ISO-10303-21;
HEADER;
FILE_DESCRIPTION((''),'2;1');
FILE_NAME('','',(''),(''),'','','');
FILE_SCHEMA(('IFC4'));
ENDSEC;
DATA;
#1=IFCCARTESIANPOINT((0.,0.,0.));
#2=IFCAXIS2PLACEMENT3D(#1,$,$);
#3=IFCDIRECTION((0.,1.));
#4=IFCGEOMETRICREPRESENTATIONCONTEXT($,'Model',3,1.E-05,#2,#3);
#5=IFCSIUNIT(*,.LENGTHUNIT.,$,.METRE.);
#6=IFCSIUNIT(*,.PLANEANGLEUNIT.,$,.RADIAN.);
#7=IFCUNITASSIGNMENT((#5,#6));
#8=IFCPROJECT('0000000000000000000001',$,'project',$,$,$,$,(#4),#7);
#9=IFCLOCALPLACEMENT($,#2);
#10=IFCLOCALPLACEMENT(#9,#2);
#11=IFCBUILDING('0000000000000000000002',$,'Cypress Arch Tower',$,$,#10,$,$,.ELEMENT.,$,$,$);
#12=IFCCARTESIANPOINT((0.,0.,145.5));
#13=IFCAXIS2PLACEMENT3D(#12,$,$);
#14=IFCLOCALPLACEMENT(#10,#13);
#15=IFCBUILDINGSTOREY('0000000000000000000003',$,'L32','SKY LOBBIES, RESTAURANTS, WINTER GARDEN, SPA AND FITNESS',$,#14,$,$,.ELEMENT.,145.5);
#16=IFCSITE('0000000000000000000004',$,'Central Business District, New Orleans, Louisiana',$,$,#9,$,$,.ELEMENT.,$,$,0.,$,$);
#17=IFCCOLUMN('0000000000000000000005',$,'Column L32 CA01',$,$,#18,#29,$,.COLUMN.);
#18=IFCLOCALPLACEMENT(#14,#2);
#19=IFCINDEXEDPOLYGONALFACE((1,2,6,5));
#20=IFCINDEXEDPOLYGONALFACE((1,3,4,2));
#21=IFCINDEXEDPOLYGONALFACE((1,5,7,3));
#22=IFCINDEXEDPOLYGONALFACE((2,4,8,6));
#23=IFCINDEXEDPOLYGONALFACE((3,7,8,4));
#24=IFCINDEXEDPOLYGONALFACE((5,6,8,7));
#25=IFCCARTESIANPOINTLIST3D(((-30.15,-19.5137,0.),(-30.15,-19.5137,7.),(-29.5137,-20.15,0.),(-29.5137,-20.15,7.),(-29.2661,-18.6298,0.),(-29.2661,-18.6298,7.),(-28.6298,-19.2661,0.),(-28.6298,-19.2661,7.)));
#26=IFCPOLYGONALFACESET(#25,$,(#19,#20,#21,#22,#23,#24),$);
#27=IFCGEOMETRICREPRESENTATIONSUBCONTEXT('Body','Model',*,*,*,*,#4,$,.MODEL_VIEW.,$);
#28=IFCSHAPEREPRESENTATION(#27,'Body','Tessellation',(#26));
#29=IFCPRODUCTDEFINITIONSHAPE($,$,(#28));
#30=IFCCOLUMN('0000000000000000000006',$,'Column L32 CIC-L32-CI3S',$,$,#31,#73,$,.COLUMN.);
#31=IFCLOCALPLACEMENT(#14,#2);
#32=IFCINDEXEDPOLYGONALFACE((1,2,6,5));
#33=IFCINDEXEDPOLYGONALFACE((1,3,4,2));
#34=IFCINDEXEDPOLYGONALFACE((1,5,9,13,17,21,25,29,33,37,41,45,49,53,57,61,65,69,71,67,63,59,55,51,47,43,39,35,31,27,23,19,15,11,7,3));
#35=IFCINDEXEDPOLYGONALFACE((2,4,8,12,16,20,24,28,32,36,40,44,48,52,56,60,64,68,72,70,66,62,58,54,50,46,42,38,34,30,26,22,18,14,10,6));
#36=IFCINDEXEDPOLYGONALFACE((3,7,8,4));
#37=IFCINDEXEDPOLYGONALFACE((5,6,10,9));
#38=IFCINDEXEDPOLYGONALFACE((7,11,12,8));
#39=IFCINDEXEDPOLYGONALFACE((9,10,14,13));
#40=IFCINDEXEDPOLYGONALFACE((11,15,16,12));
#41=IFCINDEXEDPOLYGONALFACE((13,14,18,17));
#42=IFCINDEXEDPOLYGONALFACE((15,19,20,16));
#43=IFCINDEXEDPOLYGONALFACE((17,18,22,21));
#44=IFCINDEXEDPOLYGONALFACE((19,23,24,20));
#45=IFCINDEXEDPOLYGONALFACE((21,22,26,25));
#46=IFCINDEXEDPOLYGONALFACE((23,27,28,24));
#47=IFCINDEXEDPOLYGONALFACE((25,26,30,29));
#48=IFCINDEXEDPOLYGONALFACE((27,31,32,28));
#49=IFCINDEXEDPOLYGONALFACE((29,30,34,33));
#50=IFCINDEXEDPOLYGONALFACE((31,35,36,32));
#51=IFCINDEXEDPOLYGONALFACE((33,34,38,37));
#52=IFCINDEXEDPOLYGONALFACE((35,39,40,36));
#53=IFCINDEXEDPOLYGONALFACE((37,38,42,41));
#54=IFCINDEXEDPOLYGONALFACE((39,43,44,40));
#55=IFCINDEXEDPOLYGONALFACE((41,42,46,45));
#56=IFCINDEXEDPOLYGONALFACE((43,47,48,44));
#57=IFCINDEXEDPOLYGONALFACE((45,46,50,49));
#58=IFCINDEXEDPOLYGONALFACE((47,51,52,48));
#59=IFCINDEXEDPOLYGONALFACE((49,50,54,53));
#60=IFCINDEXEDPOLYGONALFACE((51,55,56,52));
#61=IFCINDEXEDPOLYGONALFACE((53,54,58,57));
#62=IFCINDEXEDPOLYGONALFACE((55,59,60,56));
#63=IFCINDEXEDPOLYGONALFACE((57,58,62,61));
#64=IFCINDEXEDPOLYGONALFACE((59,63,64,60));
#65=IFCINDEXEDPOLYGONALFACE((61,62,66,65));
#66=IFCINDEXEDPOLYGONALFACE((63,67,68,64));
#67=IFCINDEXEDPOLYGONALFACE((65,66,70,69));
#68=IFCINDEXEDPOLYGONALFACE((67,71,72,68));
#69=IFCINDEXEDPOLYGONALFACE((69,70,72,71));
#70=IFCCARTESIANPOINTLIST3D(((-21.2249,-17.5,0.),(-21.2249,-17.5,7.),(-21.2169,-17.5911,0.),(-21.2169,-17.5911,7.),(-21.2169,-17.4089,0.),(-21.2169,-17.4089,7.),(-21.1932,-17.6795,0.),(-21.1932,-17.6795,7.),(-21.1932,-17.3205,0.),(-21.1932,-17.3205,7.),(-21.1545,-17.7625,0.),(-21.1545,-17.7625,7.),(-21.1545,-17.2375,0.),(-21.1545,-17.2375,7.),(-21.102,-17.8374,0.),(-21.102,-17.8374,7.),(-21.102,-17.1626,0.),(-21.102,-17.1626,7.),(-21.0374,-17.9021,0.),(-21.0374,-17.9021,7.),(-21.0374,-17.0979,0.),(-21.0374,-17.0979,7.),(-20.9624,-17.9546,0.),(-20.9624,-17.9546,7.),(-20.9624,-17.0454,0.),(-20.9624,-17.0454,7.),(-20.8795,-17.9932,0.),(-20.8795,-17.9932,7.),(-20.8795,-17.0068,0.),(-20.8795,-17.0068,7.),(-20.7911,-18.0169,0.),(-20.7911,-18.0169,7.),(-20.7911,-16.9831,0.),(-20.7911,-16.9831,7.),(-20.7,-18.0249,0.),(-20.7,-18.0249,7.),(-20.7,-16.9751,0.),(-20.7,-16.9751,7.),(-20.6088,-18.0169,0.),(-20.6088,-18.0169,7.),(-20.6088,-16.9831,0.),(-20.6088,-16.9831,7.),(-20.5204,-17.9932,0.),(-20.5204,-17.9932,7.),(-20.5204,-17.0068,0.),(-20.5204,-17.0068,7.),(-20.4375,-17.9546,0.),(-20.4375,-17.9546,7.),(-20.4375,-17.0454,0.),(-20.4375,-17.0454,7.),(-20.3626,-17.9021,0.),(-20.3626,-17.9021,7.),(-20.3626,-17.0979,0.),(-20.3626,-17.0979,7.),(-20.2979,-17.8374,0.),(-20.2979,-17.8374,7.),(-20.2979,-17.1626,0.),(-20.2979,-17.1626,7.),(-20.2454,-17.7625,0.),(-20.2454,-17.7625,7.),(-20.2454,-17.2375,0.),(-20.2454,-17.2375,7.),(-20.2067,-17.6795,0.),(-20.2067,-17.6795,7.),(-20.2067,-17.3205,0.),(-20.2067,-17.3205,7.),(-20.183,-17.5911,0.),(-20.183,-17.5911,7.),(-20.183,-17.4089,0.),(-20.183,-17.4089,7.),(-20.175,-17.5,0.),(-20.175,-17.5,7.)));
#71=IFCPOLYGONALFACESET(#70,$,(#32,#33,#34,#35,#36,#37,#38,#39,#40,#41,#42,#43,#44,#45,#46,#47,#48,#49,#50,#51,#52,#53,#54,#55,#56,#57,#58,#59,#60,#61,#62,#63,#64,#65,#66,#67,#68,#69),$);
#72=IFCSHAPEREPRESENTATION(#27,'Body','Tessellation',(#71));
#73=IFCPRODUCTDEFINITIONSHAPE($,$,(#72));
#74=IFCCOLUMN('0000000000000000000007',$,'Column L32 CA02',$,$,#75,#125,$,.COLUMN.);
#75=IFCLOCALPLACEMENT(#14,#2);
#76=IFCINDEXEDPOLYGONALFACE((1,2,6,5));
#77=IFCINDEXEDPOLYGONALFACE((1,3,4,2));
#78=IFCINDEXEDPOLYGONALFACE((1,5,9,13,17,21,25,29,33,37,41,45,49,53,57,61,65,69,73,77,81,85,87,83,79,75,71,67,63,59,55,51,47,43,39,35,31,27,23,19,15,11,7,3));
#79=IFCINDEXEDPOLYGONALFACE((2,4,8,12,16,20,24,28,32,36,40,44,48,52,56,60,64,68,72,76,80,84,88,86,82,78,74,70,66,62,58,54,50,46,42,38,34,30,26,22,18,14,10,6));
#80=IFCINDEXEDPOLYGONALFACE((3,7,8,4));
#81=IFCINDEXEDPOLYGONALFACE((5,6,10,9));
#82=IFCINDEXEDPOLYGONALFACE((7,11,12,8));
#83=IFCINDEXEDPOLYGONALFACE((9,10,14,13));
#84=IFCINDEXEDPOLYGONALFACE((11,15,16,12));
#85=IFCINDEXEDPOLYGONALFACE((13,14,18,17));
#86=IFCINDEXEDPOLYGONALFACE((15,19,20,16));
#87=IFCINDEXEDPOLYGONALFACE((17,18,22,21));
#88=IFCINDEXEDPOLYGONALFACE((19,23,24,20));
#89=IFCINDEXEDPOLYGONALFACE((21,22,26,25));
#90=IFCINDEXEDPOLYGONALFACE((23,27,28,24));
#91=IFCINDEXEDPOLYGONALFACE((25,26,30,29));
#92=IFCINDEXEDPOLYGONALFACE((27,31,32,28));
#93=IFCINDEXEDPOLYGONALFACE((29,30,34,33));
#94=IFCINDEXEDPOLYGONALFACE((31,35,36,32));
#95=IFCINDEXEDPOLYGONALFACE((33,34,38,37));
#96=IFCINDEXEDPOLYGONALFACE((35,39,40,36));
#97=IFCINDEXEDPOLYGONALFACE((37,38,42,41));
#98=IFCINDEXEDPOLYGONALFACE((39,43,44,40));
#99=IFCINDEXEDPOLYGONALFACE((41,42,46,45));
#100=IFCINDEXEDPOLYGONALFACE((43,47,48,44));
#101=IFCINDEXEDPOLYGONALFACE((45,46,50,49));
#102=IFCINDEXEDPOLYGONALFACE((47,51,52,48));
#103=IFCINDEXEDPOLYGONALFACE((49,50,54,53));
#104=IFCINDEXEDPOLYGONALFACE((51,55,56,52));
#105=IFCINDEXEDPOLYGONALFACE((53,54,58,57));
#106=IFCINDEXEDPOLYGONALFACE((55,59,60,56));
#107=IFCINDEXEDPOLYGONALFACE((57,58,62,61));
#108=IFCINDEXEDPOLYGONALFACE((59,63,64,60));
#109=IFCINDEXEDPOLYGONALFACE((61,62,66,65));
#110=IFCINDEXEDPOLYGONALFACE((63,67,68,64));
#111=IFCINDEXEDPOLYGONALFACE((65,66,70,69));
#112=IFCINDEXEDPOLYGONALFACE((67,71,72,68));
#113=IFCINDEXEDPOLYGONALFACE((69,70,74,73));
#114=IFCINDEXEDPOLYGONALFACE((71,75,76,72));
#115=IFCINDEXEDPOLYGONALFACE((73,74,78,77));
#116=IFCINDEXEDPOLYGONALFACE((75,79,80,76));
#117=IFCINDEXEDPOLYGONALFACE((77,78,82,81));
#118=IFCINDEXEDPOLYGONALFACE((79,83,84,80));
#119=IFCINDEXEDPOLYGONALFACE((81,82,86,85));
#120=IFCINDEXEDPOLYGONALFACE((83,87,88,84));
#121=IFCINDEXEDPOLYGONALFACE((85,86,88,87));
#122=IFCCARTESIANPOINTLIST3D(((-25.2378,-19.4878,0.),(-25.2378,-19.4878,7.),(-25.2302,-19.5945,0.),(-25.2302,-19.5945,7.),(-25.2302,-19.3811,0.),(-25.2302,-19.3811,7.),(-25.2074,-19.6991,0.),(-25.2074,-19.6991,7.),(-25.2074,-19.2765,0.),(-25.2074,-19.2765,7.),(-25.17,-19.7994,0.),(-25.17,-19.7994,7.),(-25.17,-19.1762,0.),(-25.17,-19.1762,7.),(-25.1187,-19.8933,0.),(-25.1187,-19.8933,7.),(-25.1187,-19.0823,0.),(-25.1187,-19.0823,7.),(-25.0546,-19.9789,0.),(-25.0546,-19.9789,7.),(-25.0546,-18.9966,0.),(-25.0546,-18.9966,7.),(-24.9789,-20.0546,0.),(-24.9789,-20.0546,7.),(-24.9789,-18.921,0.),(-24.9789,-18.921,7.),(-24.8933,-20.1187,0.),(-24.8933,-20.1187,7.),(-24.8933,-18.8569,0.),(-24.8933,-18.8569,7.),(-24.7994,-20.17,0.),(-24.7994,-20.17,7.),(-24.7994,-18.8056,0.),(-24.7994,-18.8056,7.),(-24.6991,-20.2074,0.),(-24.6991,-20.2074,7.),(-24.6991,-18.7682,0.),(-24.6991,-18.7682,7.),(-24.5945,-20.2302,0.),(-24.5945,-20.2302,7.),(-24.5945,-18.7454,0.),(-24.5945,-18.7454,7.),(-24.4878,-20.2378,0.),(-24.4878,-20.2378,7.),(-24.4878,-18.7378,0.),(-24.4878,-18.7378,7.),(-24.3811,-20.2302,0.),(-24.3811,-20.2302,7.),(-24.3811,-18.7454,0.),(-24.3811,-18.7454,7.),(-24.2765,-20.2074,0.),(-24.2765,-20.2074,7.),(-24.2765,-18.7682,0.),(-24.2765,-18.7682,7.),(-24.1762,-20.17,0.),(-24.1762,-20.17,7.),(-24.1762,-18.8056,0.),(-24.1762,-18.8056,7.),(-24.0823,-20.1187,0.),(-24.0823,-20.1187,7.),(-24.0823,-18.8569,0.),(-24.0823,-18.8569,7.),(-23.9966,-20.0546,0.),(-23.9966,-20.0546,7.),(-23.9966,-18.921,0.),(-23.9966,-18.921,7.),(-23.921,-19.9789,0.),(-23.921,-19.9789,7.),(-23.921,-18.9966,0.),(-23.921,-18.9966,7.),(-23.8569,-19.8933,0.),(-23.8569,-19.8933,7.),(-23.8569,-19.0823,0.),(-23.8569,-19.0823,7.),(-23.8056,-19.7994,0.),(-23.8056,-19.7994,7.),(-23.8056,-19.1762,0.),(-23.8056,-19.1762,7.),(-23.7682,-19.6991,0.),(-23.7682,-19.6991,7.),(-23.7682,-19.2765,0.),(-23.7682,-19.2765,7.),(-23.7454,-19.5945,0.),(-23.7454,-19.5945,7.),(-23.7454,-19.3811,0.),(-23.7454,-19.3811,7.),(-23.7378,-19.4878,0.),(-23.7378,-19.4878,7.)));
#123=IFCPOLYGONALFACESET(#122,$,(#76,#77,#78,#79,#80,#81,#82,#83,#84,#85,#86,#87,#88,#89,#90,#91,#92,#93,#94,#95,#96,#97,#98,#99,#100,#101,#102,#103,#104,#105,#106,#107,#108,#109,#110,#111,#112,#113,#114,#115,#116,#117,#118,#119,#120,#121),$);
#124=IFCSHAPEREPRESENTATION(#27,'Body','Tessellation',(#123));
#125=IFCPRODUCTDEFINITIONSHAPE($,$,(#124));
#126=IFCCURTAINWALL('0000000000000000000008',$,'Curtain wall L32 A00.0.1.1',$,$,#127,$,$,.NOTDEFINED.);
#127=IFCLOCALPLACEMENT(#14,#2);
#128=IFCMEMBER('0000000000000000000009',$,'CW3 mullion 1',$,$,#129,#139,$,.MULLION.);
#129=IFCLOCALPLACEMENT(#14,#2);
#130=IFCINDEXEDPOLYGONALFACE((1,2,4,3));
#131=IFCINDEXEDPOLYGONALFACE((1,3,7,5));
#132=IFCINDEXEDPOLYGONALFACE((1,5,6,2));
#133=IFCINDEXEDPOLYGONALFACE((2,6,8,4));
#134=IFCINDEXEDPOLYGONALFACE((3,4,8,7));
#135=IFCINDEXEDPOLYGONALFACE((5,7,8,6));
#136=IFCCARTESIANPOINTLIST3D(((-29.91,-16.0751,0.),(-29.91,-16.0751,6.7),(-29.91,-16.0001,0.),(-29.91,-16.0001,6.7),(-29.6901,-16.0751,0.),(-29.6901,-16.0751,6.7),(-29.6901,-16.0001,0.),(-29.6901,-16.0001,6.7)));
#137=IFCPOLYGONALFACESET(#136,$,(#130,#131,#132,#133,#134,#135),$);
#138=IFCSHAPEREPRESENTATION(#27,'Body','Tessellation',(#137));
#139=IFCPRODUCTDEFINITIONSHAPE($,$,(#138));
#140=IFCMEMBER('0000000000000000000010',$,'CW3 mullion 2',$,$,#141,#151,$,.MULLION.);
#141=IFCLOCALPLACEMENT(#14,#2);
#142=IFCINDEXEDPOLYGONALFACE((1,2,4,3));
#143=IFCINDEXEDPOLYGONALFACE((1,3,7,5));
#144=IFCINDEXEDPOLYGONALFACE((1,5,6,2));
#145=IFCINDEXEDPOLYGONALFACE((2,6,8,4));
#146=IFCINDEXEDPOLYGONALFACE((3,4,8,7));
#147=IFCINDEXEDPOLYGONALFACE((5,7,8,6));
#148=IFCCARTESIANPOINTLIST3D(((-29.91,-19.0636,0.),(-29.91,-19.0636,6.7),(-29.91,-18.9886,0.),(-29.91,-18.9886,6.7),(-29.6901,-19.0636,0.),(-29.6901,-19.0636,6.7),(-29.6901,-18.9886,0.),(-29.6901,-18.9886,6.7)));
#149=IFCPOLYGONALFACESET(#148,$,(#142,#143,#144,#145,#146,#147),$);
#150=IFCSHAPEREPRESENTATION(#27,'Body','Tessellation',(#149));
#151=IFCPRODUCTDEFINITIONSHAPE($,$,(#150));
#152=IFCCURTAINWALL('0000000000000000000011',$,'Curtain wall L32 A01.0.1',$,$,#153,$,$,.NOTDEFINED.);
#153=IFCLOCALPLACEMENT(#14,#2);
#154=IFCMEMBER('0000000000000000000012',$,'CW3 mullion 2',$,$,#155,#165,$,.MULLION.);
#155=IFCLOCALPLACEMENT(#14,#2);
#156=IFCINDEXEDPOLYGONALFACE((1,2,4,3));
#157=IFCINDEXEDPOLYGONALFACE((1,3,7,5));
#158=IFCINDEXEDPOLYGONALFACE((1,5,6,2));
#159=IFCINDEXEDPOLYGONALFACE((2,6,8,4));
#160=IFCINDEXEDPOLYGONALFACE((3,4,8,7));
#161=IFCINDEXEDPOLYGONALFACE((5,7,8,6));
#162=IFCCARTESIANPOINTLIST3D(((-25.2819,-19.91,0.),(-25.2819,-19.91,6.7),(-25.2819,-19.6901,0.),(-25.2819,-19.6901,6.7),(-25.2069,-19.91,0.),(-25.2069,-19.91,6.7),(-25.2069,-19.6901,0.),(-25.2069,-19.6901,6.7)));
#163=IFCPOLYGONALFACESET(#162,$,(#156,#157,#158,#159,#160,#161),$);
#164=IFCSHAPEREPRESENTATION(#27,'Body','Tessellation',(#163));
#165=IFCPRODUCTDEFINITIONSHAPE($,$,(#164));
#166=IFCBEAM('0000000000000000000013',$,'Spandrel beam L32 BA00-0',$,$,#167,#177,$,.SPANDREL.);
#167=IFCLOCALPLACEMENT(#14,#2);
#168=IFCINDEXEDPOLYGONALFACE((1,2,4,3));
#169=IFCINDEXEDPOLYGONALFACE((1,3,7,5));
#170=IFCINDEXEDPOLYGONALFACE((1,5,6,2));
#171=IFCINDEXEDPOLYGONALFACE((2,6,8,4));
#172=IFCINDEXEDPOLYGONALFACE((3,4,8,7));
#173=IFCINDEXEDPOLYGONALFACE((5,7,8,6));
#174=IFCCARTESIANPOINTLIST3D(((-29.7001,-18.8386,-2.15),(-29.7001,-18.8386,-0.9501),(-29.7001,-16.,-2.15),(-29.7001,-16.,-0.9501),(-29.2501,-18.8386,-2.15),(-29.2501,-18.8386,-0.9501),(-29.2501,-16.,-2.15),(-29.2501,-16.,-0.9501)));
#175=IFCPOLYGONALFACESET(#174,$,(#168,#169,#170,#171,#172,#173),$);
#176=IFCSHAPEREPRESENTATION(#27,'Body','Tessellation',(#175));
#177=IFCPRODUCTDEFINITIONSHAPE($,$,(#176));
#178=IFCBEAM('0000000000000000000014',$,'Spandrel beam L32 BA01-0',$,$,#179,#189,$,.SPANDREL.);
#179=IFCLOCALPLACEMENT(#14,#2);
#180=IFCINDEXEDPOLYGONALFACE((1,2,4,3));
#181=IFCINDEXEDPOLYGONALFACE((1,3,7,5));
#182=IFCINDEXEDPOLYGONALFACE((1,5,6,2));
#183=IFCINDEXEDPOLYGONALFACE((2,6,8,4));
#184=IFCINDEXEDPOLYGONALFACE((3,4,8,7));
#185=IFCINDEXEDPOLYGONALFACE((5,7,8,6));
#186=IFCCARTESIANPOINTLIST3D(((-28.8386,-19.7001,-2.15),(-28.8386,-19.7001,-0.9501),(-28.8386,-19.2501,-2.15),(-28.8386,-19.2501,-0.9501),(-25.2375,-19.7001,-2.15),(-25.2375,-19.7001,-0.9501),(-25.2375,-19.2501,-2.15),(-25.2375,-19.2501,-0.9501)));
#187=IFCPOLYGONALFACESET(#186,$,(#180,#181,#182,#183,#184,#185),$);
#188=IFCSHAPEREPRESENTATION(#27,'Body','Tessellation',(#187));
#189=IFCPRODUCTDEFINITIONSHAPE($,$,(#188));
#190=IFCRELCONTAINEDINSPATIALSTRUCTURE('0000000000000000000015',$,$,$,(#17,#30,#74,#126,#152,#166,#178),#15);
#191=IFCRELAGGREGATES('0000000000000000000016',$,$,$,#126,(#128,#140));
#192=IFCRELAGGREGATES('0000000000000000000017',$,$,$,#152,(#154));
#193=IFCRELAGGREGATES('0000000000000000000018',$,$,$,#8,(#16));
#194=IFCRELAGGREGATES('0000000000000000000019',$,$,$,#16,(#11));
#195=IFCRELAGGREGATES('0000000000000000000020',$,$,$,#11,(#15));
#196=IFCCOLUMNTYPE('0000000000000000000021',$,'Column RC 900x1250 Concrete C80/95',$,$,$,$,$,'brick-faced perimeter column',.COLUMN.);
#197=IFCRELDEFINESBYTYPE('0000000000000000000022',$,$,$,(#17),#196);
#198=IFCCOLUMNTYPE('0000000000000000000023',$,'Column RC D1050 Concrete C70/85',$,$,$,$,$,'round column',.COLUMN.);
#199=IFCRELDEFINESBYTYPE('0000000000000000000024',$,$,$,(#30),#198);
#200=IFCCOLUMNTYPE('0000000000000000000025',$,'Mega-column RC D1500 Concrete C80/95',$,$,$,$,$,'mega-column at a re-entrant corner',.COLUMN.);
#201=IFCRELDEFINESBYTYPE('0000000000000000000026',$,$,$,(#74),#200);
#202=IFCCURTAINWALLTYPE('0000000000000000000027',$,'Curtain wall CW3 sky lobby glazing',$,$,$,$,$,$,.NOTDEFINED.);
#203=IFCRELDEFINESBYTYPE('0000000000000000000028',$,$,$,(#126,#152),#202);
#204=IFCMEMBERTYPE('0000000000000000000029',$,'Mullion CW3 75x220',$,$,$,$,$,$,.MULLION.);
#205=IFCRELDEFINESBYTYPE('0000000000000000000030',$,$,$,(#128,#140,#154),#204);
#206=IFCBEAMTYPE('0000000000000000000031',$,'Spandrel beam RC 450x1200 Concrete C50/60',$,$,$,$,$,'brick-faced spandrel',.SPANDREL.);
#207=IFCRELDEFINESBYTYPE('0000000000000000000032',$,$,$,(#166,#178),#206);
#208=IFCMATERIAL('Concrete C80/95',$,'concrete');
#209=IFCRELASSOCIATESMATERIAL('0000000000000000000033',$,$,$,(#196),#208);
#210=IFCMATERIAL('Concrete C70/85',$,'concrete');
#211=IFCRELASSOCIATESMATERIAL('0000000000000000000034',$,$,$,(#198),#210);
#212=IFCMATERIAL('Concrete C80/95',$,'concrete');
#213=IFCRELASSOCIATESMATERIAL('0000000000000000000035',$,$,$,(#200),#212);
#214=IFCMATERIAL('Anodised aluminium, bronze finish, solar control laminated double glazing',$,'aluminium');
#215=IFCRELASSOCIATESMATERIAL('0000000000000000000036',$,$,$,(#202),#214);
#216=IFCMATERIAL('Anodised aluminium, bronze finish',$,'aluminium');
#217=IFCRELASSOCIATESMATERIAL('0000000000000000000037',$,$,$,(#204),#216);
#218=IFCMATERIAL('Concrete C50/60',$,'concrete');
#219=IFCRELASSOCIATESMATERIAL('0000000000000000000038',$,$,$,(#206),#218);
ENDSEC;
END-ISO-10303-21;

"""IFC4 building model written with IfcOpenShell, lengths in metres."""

from ifc_helpers import new_model, si_unit, direction, frame, origin, origin_2d, place, context, subcontext, project, spatial, rectangle, circle, extrude, material, material_profile, profile_set, type_object, element, aggregate, save


model = new_model("IFC4")

# Units and contexts
model_context = context("Model", 3, precision=1e-05, world=origin(), true_north=direction((0.0, 1.0)))
body_context = subcontext(model_context, "Body", "Model", "MODEL_VIEW")
ifc_project = project(units=[si_unit("LENGTHUNIT", "METRE"), si_unit("PLANEANGLEUNIT", "RADIAN")], contexts=[model_context])

# Site, building, storey
site_placement = place(None, origin())
site = spatial("IfcSite", under=ifc_project, at=site_placement, Name="Central Business District, New Orleans, Louisiana", CompositionType="ELEMENT", RefElevation=0.0)
building_placement = place(site_placement, origin())
building = spatial("IfcBuilding", under=site, at=building_placement, Name="Cypress Arch Tower", CompositionType="ELEMENT")
storey_placement = place(building_placement, frame((0.0, 0.0, 145.5)))
storey = spatial("IfcBuildingStorey", under=building, at=storey_placement, Name="L32", Description="SKY LOBBIES, RESTAURANTS, WINTER GARDEN, SPA AND FITNESS", CompositionType="ELEMENT", Elevation=145.5)

# Columns
ifc_material_1 = material(Name="Concrete C80/95", Category="concrete")
ifc_material_profile_1 = material_profile(ifc_material_1, rectangle(XDim=0.8999, YDim=1.25, at=origin_2d()), Name="RC 900x1250")
ifc_profile_set_1 = profile_set([ifc_material_profile_1], Name="Concrete C80/95")
column_type_1 = type_object("IfcColumnType", Name="Column RC 900x1250 Concrete C80/95", ElementType="brick-faced perimeter column", PredefinedType="COLUMN", material=ifc_profile_set_1)
column_1_placement = place(storey_placement, frame((-29.3899, -19.3899, 0.0), z_axis=(0.0, 0.0, 1.0), x_axis=(0.707107, -0.707107, 0.0)))
element("IfcColumn", 1, at=column_1_placement, inside=storey, type_object=column_type_1, Name="Column L32 CA01", PredefinedType="COLUMN", context=body_context, shape_type="SweptSolid", body=[
    extrude(rectangle(XDim=0.8999, YDim=1.25, at=origin_2d()), origin(), (0.0, 0.0, 1.0), 7.0),
])
ifc_material_2 = material(Name="Concrete C70/85", Category="concrete")
ifc_material_profile_2 = material_profile(ifc_material_2, circle(Radius=0.5249, at=origin_2d()), Name="RC D1050")
ifc_profile_set_2 = profile_set([ifc_material_profile_2], Name="Concrete C70/85")
column_type_2 = type_object("IfcColumnType", Name="Column RC D1050 Concrete C70/85", ElementType="round column", PredefinedType="COLUMN", material=ifc_profile_set_2)
column_2_placement = place(storey_placement, frame((-20.7, -17.5, 0.0), z_axis=(0.0, 0.0, 1.0), x_axis=(1.0, 0.0, 0.0)))
element("IfcColumn", 2, at=column_2_placement, inside=storey, type_object=column_type_2, Name="Column L32 CIC-L32-CI3S", PredefinedType="COLUMN", context=body_context, shape_type="SweptSolid", body=[
    extrude(circle(Radius=0.5249, at=origin_2d()), origin(), (0.0, 0.0, 1.0), 7.0),
])
ifc_material_3 = material(Name="Concrete C80/95", Category="concrete")
ifc_material_profile_3 = material_profile(ifc_material_3, circle(Radius=0.75, at=origin_2d()), Name="RC D1500")
ifc_profile_set_3 = profile_set([ifc_material_profile_3], Name="Concrete C80/95")
column_type_3 = type_object("IfcColumnType", Name="Mega-column RC D1500 Concrete C80/95", ElementType="mega-column at a re-entrant corner", PredefinedType="COLUMN", material=ifc_profile_set_3)
column_3_placement = place(storey_placement, frame((-24.4878, -19.4878, 0.0), z_axis=(0.0, 0.0, 1.0), x_axis=(1.0, 0.0, 0.0)))
element("IfcColumn", 3, at=column_3_placement, inside=storey, type_object=column_type_3, Name="Column L32 CA02", PredefinedType="COLUMN", context=body_context, shape_type="SweptSolid", body=[
    extrude(circle(Radius=0.75, at=origin_2d()), origin(), (0.0, 0.0, 1.0), 7.0),
])

# Curtain wall, members
ifc_material_4 = material(Name="Anodised aluminium, bronze finish, solar control laminated double glazing", Category="aluminium")
curtain_wall_type = type_object("IfcCurtainWallType", Name="Curtain wall CW3 sky lobby glazing", PredefinedType="NOTDEFINED", material=ifc_material_4)
curtain_wall_1_placement = place(storey_placement, origin())
curtain_wall_1 = element("IfcCurtainWall", 4, at=curtain_wall_1_placement, inside=storey, type_object=curtain_wall_type, Name="Curtain wall L32 A00.0.1.1", PredefinedType="NOTDEFINED")
ifc_material_5 = material(Name="Anodised aluminium, bronze finish", Category="aluminium")
ifc_material_profile_4 = material_profile(ifc_material_5, rectangle(XDim=0.22, YDim=0.075, at=origin_2d()), Name="Mullion 75x220")
ifc_profile_set_4 = profile_set([ifc_material_profile_4], Name="Anodised aluminium, bronze finish")
member_type_1 = type_object("IfcMemberType", Name="Mullion CW3 75x220", PredefinedType="MULLION", material=ifc_profile_set_4)
member_1_placement = place(storey_placement, frame((-29.8, -16.0376, 0.0), z_axis=(0.0, 0.0, 1.0), x_axis=(1.0, 0.0, 0.0)))
member_1 = element("IfcMember", 5, at=member_1_placement, type_object=member_type_1, Name="CW3 mullion 1", PredefinedType="MULLION", context=body_context, shape_type="SweptSolid", body=[
    extrude(rectangle(XDim=0.22, YDim=0.075, at=origin_2d()), origin(), (0.0, 0.0, 1.0), 6.7),
])
member_2_placement = place(storey_placement, frame((-29.8, -19.0261, 0.0), z_axis=(0.0, 0.0, 1.0), x_axis=(1.0, 0.0, 0.0)))
member_2 = element("IfcMember", 6, at=member_2_placement, type_object=member_type_1, Name="CW3 mullion 2", PredefinedType="MULLION", context=body_context, shape_type="SweptSolid", body=[
    extrude(rectangle(XDim=0.22, YDim=0.075, at=origin_2d()), origin(), (0.0, 0.0, 1.0), 6.7),
])

# Curtain wall, member
curtain_wall_2_placement = place(storey_placement, origin())
curtain_wall_2 = element("IfcCurtainWall", 7, at=curtain_wall_2_placement, inside=storey, type_object=curtain_wall_type, Name="Curtain wall L32 A01.0.1", PredefinedType="NOTDEFINED")
member_3_placement = place(storey_placement, frame((-25.2444, -19.8, 0.0), z_axis=(0.0, 0.0, 1.0), x_axis=(0.0, 1.0, 0.0)))
member_3 = element("IfcMember", 8, at=member_3_placement, type_object=member_type_1, Name="CW3 mullion 2", PredefinedType="MULLION", context=body_context, shape_type="SweptSolid", body=[
    extrude(rectangle(XDim=0.22, YDim=0.075, at=origin_2d()), origin(), (0.0, 0.0, 1.0), 6.7),
])

# Beams
ifc_material_6 = material(Name="Concrete C50/60", Category="concrete")
ifc_material_profile_5 = material_profile(ifc_material_6, rectangle(XDim=0.45, YDim=1.2, at=origin_2d()), Name="RC 450x1200")
ifc_profile_set_5 = profile_set([ifc_material_profile_5], Name="Concrete C50/60")
beam_type = type_object("IfcBeamType", Name="Spandrel beam RC 450x1200 Concrete C50/60", ElementType="brick-faced spandrel", PredefinedType="SPANDREL", material=ifc_profile_set_5)
beam_1_placement = place(storey_placement, frame((-29.4751, -16.0, -1.55), z_axis=(0.0, -1.0, 0.0), x_axis=(1.0, 0.0, 0.0)))
element("IfcBeam", 9, at=beam_1_placement, inside=storey, type_object=beam_type, Name="Spandrel beam L32 BA00-0", PredefinedType="SPANDREL", context=body_context, shape_type="SweptSolid", body=[
    extrude(rectangle(XDim=0.45, YDim=1.2, at=origin_2d()), origin(), (0.0, 0.0, 1.0), 2.8386),
])
beam_2_placement = place(storey_placement, frame((-28.8386, -19.4751, -1.55), z_axis=(1.0, 0.0, 0.0), x_axis=(0.0, 1.0, 0.0)))
element("IfcBeam", 10, at=beam_2_placement, inside=storey, type_object=beam_type, Name="Spandrel beam L32 BA01-0", PredefinedType="SPANDREL", context=body_context, shape_type="SweptSolid", body=[
    extrude(rectangle(XDim=0.45, YDim=1.2, at=origin_2d()), origin(), (0.0, 0.0, 1.0), 3.6011),
])

aggregate(curtain_wall_1, [member_1, member_2])
aggregate(curtain_wall_2, [member_3])

save(model, "model.ifc")
